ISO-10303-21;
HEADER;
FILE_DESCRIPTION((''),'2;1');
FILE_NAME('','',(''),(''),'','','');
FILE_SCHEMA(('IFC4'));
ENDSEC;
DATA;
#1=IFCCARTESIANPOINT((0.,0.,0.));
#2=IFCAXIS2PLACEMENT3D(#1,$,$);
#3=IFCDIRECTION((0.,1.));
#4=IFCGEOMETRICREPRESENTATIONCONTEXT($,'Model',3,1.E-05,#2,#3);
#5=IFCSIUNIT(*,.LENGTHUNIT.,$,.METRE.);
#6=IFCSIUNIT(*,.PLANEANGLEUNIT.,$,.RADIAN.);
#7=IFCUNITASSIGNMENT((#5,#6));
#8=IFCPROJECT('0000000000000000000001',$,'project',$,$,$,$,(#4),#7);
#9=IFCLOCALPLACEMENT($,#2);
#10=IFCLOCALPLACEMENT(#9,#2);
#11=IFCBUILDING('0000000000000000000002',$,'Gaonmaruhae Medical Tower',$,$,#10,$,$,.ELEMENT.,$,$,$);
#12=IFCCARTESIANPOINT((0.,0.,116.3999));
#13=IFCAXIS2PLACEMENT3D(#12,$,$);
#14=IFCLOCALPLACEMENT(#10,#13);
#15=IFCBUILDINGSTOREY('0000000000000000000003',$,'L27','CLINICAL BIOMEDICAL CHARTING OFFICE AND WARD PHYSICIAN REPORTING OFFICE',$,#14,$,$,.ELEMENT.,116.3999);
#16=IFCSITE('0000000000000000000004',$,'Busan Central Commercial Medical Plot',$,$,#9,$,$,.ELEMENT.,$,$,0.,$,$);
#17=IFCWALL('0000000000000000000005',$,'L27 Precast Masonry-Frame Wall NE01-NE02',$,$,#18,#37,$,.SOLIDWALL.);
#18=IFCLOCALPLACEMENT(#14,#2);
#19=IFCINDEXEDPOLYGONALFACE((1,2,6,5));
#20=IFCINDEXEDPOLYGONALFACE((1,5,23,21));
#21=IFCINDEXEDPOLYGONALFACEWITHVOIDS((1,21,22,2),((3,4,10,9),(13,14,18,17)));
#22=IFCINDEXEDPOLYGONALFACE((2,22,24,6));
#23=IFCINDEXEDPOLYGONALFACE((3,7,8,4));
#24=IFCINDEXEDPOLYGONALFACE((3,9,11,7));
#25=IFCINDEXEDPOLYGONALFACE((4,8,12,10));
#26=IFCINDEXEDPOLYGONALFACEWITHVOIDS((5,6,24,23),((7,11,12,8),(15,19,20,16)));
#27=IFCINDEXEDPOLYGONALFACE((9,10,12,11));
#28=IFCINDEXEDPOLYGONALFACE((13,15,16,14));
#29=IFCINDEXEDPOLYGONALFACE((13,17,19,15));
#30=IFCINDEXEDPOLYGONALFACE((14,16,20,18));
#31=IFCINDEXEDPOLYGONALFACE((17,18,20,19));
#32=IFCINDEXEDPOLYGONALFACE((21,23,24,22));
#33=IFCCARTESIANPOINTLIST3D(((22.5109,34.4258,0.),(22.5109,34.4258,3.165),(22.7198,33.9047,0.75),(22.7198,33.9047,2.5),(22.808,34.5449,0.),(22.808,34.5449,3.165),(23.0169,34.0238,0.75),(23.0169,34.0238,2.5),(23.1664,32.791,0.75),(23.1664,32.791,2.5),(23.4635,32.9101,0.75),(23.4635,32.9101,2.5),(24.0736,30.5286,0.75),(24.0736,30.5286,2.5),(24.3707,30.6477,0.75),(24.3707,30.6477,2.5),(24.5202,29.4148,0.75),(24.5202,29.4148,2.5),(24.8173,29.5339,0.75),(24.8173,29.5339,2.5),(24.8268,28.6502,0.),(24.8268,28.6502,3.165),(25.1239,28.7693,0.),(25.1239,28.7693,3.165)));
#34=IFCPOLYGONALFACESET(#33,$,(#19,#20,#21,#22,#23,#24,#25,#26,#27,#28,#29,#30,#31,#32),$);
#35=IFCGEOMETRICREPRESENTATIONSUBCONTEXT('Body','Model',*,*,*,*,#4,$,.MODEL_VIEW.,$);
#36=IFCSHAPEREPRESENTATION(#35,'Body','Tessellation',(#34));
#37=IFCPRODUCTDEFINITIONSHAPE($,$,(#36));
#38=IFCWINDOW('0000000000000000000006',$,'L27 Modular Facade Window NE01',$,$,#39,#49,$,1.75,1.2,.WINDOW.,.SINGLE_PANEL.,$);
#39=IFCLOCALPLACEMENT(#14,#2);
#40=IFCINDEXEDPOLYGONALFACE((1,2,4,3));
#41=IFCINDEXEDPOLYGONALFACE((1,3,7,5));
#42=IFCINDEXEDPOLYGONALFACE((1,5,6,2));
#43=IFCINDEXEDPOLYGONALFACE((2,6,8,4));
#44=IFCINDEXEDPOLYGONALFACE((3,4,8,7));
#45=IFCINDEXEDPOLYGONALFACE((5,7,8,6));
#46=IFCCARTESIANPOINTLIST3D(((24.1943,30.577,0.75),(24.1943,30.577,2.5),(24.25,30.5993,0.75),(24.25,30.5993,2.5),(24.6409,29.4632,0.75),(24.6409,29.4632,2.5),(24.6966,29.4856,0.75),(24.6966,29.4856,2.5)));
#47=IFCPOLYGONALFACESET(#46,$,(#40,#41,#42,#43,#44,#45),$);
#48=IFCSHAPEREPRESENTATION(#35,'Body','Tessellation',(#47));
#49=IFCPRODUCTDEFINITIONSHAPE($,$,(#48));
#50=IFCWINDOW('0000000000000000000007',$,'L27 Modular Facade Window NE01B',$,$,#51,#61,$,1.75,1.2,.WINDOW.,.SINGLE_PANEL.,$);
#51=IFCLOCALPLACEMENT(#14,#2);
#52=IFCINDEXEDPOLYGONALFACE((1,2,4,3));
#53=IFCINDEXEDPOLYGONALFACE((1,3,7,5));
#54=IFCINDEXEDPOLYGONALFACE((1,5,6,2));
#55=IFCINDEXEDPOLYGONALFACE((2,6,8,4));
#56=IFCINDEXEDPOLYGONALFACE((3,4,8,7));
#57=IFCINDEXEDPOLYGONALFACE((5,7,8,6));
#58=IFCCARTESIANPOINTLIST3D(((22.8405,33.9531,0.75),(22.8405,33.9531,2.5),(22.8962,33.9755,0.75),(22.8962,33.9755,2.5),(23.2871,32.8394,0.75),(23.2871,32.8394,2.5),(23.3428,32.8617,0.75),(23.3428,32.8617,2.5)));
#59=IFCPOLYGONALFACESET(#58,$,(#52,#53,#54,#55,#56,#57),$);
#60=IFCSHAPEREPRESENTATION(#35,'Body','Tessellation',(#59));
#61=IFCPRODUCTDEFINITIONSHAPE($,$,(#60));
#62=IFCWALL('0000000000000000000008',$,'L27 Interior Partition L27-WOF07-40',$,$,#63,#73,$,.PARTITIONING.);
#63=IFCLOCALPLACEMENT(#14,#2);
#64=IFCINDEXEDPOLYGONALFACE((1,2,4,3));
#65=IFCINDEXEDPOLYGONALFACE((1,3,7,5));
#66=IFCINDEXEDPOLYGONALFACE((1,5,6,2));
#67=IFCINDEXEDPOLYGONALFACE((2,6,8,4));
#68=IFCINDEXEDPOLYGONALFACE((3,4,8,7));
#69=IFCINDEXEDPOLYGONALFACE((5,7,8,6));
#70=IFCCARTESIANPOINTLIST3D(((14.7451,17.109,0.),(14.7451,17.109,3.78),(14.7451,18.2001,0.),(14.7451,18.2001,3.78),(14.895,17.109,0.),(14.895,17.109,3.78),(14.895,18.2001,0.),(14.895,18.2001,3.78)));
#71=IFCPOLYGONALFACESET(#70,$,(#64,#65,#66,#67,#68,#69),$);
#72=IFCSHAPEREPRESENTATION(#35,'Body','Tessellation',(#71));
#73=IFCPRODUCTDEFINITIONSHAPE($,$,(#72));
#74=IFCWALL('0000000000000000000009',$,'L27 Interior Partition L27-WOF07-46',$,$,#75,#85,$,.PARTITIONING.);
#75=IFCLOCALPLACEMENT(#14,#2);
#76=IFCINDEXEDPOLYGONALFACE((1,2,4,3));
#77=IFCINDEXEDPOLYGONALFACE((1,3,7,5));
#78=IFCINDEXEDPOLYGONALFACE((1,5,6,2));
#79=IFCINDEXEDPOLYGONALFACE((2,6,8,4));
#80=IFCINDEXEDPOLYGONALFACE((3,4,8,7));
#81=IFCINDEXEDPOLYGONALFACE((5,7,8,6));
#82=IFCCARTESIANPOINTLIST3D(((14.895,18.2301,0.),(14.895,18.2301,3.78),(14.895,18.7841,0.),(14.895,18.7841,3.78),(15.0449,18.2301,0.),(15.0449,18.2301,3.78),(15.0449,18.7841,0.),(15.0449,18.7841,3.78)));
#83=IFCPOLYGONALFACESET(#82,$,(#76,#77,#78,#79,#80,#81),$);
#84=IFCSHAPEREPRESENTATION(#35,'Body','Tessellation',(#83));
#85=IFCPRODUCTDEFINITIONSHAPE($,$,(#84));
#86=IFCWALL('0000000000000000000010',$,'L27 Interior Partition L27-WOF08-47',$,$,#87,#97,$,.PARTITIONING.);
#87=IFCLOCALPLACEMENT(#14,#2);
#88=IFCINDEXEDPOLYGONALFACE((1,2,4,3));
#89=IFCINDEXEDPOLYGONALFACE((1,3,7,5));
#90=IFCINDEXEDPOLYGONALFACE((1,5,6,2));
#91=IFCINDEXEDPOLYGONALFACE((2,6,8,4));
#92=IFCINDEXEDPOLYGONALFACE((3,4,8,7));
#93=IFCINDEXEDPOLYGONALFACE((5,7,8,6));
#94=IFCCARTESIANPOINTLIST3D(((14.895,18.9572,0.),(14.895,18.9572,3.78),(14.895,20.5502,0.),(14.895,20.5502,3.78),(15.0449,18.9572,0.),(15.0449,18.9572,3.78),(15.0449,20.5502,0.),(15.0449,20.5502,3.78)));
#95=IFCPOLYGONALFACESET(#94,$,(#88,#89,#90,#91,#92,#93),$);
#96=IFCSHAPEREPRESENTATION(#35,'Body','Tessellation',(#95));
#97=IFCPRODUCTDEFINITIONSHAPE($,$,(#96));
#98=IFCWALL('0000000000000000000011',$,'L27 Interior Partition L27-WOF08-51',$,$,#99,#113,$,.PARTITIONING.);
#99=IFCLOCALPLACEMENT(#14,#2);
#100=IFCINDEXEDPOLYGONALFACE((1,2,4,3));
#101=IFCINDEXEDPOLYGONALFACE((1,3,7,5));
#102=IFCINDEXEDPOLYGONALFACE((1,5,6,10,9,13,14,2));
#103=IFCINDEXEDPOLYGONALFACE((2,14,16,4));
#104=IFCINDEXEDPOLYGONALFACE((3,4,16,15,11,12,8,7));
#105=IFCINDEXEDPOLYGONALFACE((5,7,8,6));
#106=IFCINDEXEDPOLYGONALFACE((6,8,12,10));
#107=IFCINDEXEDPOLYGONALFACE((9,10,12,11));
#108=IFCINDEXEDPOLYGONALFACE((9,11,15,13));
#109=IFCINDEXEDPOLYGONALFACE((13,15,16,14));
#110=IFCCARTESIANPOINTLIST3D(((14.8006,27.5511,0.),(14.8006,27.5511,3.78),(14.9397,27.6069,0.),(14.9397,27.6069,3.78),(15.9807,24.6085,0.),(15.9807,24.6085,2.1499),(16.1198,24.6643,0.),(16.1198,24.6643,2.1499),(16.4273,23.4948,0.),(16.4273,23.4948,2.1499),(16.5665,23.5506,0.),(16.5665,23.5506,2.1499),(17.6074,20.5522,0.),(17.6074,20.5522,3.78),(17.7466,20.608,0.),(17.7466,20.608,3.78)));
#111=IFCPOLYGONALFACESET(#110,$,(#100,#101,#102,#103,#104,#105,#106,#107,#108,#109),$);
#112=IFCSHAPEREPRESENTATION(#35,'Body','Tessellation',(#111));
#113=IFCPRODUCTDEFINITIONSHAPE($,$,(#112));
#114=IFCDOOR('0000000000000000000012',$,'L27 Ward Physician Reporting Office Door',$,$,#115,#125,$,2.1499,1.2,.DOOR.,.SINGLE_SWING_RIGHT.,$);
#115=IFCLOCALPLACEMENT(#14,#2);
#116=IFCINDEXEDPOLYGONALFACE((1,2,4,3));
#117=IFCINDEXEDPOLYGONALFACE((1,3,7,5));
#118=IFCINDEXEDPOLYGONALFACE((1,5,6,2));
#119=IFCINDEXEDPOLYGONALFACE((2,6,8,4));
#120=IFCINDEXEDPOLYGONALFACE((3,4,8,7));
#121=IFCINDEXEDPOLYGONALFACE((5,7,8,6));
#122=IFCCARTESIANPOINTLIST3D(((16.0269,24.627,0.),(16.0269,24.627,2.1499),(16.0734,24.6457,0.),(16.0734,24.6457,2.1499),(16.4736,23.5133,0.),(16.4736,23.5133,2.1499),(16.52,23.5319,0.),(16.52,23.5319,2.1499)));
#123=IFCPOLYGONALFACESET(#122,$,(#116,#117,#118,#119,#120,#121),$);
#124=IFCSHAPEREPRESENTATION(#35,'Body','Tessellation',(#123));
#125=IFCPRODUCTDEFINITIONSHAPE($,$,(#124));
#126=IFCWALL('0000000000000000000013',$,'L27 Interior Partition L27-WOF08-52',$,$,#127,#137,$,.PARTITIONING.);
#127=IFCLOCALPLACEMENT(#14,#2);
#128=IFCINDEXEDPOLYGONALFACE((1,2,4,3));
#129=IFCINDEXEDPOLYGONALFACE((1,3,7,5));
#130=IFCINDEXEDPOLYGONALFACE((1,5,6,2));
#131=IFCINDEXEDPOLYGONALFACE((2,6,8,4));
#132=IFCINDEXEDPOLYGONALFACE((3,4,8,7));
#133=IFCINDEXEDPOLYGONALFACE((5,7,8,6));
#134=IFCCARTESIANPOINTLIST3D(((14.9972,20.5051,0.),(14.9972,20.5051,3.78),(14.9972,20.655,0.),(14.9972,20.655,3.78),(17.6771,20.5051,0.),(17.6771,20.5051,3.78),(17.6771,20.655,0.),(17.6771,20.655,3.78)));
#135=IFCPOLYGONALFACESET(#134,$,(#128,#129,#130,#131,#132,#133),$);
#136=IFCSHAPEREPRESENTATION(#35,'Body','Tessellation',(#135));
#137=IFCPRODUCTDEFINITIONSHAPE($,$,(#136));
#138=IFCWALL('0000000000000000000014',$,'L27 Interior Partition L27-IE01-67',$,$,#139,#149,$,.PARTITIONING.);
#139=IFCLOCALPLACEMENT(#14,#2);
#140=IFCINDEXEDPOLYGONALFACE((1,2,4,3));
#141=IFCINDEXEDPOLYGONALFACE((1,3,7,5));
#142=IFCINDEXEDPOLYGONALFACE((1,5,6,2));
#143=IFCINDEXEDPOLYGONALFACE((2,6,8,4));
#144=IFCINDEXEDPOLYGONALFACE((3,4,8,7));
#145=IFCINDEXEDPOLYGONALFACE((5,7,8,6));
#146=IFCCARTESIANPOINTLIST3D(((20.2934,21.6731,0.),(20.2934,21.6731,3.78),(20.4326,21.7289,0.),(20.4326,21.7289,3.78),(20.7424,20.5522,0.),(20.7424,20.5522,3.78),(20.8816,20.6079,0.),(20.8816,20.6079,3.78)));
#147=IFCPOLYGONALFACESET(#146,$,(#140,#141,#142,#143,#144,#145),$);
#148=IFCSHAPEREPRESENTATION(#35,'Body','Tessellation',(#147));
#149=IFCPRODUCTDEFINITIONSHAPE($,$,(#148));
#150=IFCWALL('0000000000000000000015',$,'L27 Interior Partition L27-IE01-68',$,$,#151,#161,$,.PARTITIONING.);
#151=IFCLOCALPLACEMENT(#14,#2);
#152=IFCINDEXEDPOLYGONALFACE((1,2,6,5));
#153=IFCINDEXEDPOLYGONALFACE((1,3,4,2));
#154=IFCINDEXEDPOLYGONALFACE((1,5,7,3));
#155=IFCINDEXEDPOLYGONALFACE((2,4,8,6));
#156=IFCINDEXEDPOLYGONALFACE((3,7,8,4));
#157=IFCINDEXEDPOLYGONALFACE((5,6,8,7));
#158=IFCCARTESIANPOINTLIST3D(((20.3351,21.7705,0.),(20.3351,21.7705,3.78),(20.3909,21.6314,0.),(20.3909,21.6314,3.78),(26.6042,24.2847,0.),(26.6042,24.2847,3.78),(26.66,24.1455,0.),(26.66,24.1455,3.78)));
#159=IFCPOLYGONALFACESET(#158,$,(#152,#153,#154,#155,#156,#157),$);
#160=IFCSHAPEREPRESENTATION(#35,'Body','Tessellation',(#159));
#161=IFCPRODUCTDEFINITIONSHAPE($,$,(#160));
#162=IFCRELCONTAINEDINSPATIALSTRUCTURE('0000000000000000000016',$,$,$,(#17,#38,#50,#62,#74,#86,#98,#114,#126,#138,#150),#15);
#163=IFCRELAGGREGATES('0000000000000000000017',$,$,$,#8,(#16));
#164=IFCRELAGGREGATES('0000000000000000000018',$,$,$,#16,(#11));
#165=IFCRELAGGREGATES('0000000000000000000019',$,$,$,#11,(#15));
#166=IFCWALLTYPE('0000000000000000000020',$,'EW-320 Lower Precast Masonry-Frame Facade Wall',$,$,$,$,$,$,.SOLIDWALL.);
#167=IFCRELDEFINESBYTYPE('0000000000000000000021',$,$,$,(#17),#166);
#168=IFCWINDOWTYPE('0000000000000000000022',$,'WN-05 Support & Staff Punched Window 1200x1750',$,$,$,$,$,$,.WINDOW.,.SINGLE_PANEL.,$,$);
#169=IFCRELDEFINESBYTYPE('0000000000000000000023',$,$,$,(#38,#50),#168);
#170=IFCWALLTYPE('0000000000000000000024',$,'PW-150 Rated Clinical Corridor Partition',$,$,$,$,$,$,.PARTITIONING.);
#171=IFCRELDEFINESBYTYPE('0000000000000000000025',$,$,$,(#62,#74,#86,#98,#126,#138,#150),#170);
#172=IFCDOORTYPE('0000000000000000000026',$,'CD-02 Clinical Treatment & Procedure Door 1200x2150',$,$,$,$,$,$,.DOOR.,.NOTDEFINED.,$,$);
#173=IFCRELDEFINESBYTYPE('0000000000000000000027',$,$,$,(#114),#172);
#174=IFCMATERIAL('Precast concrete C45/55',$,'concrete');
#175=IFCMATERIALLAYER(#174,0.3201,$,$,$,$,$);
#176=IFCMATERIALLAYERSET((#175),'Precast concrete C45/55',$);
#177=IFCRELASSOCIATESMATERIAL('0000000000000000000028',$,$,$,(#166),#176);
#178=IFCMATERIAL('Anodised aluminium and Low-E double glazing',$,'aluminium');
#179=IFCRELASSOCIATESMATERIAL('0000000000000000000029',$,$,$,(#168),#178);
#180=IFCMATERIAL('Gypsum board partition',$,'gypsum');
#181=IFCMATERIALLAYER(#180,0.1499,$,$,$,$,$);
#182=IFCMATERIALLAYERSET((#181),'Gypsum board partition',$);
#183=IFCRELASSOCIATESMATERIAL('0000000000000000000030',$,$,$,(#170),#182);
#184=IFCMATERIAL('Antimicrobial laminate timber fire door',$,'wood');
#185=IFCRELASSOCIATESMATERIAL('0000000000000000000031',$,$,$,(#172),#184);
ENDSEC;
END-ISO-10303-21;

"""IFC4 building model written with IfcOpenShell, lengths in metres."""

from ifc_helpers import new_model, si_unit, direction, frame, frame_2d, origin, place, context, subcontext, project, spatial, rectangle, extrude, material, layer, layer_set, type_object, element, fill, save


model = new_model("IFC4")

# Units and contexts
model_context = context("Model", 3, precision=1e-05, world=origin(), true_north=direction((0.0, 1.0)))
body_context = subcontext(model_context, "Body", "Model", "MODEL_VIEW")
ifc_project = project(units=[si_unit("LENGTHUNIT", "METRE"), si_unit("PLANEANGLEUNIT", "RADIAN")], contexts=[model_context])

# Site, building, storey
site_placement = place(None, origin())
site = spatial("IfcSite", under=ifc_project, at=site_placement, Name="Busan Central Commercial Medical Plot", CompositionType="ELEMENT", RefElevation=0.0)
building_placement = place(site_placement, origin())
building = spatial("IfcBuilding", under=site, at=building_placement, Name="Gaonmaruhae Medical Tower", CompositionType="ELEMENT")
storey_placement = place(building_placement, frame((0.0, 0.0, 116.3999)))
storey = spatial("IfcBuildingStorey", under=building, at=storey_placement, Name="L27", Description="CLINICAL BIOMEDICAL CHARTING OFFICE AND WARD PHYSICIAN REPORTING OFFICE", CompositionType="ELEMENT", Elevation=116.3999)

# Shared definitions
ifc_material_1 = material(Name="Precast concrete C45/55", Category="concrete")
ifc_layer_1 = layer(ifc_material_1, 0.3201)
ifc_layer_set_1 = layer_set([ifc_layer_1], Name="Precast concrete C45/55")
wall_type_1 = type_object("IfcWallType", Name="EW-320 Lower Precast Masonry-Frame Facade Wall", PredefinedType="SOLIDWALL", material=ifc_layer_set_1)

# Wall, openings, windows
wall_1_placement = place(storey_placement, frame((22.6594, 34.4854, 0.0), z_axis=(0.0, 0.0, 1.0), x_axis=(0.372175, -0.928162, 0.0)))
wall_1 = element("IfcWall", 1, at=wall_1_placement, inside=storey, type_object=wall_type_1, Name="L27 Precast Masonry-Frame Wall NE01-NE02", PredefinedType="SOLIDWALL", context=body_context, shape_type="SweptSolid", body=[
    extrude(rectangle(XDim=6.2227, YDim=0.3201, at=frame_2d((3.1113, 0.0))), origin(), (0.0, 0.0, 1.0), 3.165),
])
opening_1_placement = place(wall_1_placement, frame((4.1987, 0.0, 0.75)))
opening_1 = element("IfcOpeningElement", 2, at=opening_1_placement, cuts=wall_1, PredefinedType="OPENING", context=body_context, shape_type="SweptSolid", body=[
    extrude(rectangle(XDim=1.2, YDim=1.75, at=frame_2d((0.6001, 0.875))), frame((0.0, 0.1699, 0.0), z_axis=(0.0, -1.0, 0.0), x_axis=(1.0, 0.0, 0.0)), (0.0, 0.0, 1.0), 0.3401),
])
opening_2_placement = place(wall_1_placement, frame((0.5613, 0.0, 0.75)))
opening_2 = element("IfcOpeningElement", 3, at=opening_2_placement, cuts=wall_1, PredefinedType="OPENING", context=body_context, shape_type="SweptSolid", body=[
    extrude(rectangle(XDim=1.2, YDim=1.75, at=frame_2d((0.6001, 0.875))), frame((0.0, 0.1699, 0.0), z_axis=(0.0, -1.0, 0.0), x_axis=(1.0, 0.0, 0.0)), (0.0, 0.0, 1.0), 0.3401),
])
ifc_material_2 = material(Name="Anodised aluminium and Low-E double glazing", Category="aluminium")
window_type = type_object("IfcWindowType", Name="WN-05 Support & Staff Punched Window 1200x1750", PartitioningType="SINGLE_PANEL", PredefinedType="WINDOW", material=ifc_material_2)
window_1_placement = place(opening_1_placement, origin())
window_1 = element("IfcWindow", 4, at=window_1_placement, inside=storey, type_object=window_type, Name="L27 Modular Facade Window NE01", OverallHeight=1.75, OverallWidth=1.2, PartitioningType="SINGLE_PANEL", PredefinedType="WINDOW", context=body_context, shape_type="SweptSolid", body=[
    extrude(rectangle(XDim=1.2, YDim=1.75, at=frame_2d((0.6001, 0.875))), frame((0.0, 0.03, 0.0), z_axis=(0.0, -1.0, 0.0), x_axis=(1.0, 0.0, 0.0)), (0.0, 0.0, 1.0), 0.0601),
])
fill(opening_1, window_1)
window_2_placement = place(opening_2_placement, origin())
window_2 = element("IfcWindow", 5, at=window_2_placement, inside=storey, type_object=window_type, Name="L27 Modular Facade Window NE01B", OverallHeight=1.75, OverallWidth=1.2, PartitioningType="SINGLE_PANEL", PredefinedType="WINDOW", context=body_context, shape_type="SweptSolid", body=[
    extrude(rectangle(XDim=1.2, YDim=1.75, at=frame_2d((0.6001, 0.875))), frame((0.0, 0.03, 0.0), z_axis=(0.0, -1.0, 0.0), x_axis=(1.0, 0.0, 0.0)), (0.0, 0.0, 1.0), 0.0601),
])
fill(opening_2, window_2)

# Walls
ifc_material_3 = material(Name="Gypsum board partition", Category="gypsum")
ifc_layer_2 = layer(ifc_material_3, 0.1499)
ifc_layer_set_2 = layer_set([ifc_layer_2], Name="Gypsum board partition")
wall_type_2 = type_object("IfcWallType", Name="PW-150 Rated Clinical Corridor Partition", PredefinedType="PARTITIONING", material=ifc_layer_set_2)
wall_2_placement = place(storey_placement, frame((14.8201, 18.2, 0.0), z_axis=(0.0, 0.0, 1.0), x_axis=(0.0, -1.0, 0.0)))
element("IfcWall", 6, at=wall_2_placement, inside=storey, type_object=wall_type_2, Name="L27 Interior Partition L27-WOF07-40", PredefinedType="PARTITIONING", context=body_context, shape_type="SweptSolid", body=[
    extrude(rectangle(XDim=1.0911, YDim=0.1499, at=frame_2d((0.5454, 0.0))), origin(), (0.0, 0.0, 1.0), 3.78),
])
wall_3_placement = place(storey_placement, frame((14.97, 18.7839, 0.0), z_axis=(0.0, 0.0, 1.0), x_axis=(0.0, -1.0, 0.0)))
element("IfcWall", 7, at=wall_3_placement, inside=storey, type_object=wall_type_2, Name="L27 Interior Partition L27-WOF07-46", PredefinedType="PARTITIONING", context=body_context, shape_type="SweptSolid", body=[
    extrude(rectangle(XDim=0.554, YDim=0.1499, at=frame_2d((0.2769, 0.0))), origin(), (0.0, 0.0, 1.0), 3.78),
])
wall_4_placement = place(storey_placement, frame((14.97, 20.55, 0.0), z_axis=(0.0, 0.0, 1.0), x_axis=(0.0, -1.0, 0.0)))
element("IfcWall", 8, at=wall_4_placement, inside=storey, type_object=wall_type_2, Name="L27 Interior Partition L27-WOF08-47", PredefinedType="PARTITIONING", context=body_context, shape_type="SweptSolid", body=[
    extrude(rectangle(XDim=1.593, YDim=0.1499, at=frame_2d((0.7964, 0.0))), origin(), (0.0, 0.0, 1.0), 3.78),
])

# Wall, opening, door
wall_5_placement = place(storey_placement, frame((14.8701, 27.5791, 0.0), z_axis=(0.0, 0.0, 1.0), x_axis=(0.372222, -0.928144, 0.0)))
wall_5 = element("IfcWall", 9, at=wall_5_placement, inside=storey, type_object=wall_type_2, Name="L27 Interior Partition L27-WOF08-51", PredefinedType="PARTITIONING", context=body_context, shape_type="SweptSolid", body=[
    extrude(rectangle(XDim=7.5408, YDim=0.1499, at=frame_2d((3.7705, 0.0))), origin(), (0.0, 0.0, 1.0), 3.78),
])
opening_3_placement = place(wall_5_placement, frame((3.1704, 0.0, 0.0)))
opening_3 = element("IfcOpeningElement", 10, at=opening_3_placement, cuts=wall_5, PredefinedType="OPENING", context=body_context, shape_type="SweptSolid", body=[
    extrude(rectangle(XDim=1.2, YDim=2.1499, at=frame_2d((0.6001, 1.075))), frame((0.0, 0.085, 0.0), z_axis=(0.0, -1.0, 0.0), x_axis=(1.0, 0.0, 0.0)), (0.0, 0.0, 1.0), 0.1699),
])
ifc_material_4 = material(Name="Antimicrobial laminate timber fire door", Category="wood")
door_type_1 = type_object("IfcDoorType", Name="CD-02 Clinical Treatment & Procedure Door 1200x2150", OperationType="NOTDEFINED", PredefinedType="DOOR", material=ifc_material_4)
door_1_placement = place(opening_3_placement, origin())
door_1 = element("IfcDoor", 11, at=door_1_placement, inside=storey, type_object=door_type_1, Name="L27 Ward Physician Reporting Office Door", OperationType="SINGLE_SWING_RIGHT", OverallHeight=2.1499, OverallWidth=1.2, PredefinedType="DOOR", context=body_context, shape_type="SweptSolid", body=[
    extrude(rectangle(XDim=1.2, YDim=2.1499, at=frame_2d((0.6001, 1.075))), frame((0.0, 0.0249, 0.0), z_axis=(0.0, -1.0, 0.0), x_axis=(1.0, 0.0, 0.0)), (0.0, 0.0, 1.0), 0.05),
])
fill(opening_3, door_1)

# Walls
wall_6_placement = place(storey_placement, frame((17.677, 20.5801, 0.0), z_axis=(0.0, 0.0, 1.0), x_axis=(-1.0, 0.0, 0.0)))
element("IfcWall", 12, at=wall_6_placement, inside=storey, type_object=wall_type_2, Name="L27 Interior Partition L27-WOF08-52", PredefinedType="PARTITIONING", context=body_context, shape_type="SweptSolid", body=[
    extrude(rectangle(XDim=2.6799, YDim=0.1499, at=frame_2d((1.3398, 0.0))), origin(), (0.0, 0.0, 1.0), 3.78),
])
wall_7_placement = place(storey_placement, frame((20.812, 20.5801, 0.0), z_axis=(0.0, 0.0, 1.0), x_axis=(-0.371844, 0.928295, 0.0)))
element("IfcWall", 13, at=wall_7_placement, inside=storey, type_object=wall_type_2, Name="L27 Interior Partition L27-IE01-67", PredefinedType="PARTITIONING", context=body_context, shape_type="SweptSolid", body=[
    extrude(rectangle(XDim=1.2075, YDim=0.1499, at=frame_2d((0.6038, 0.0))), origin(), (0.0, 0.0, 1.0), 3.78),
])
wall_8_placement = place(storey_placement, frame((20.363, 21.7009, 0.0), z_axis=(0.0, 0.0, 1.0), x_axis=(0.928142, 0.372226, 0.0)))
element("IfcWall", 14, at=wall_8_placement, inside=storey, type_object=wall_type_2, Name="L27 Interior Partition L27-IE01-68", PredefinedType="PARTITIONING", context=body_context, shape_type="SweptSolid", body=[
    extrude(rectangle(XDim=6.7544, YDim=0.1499, at=frame_2d((3.3772, 0.0))), origin(), (0.0, 0.0, 1.0), 3.78),
])

save(model, "model.ifc")
